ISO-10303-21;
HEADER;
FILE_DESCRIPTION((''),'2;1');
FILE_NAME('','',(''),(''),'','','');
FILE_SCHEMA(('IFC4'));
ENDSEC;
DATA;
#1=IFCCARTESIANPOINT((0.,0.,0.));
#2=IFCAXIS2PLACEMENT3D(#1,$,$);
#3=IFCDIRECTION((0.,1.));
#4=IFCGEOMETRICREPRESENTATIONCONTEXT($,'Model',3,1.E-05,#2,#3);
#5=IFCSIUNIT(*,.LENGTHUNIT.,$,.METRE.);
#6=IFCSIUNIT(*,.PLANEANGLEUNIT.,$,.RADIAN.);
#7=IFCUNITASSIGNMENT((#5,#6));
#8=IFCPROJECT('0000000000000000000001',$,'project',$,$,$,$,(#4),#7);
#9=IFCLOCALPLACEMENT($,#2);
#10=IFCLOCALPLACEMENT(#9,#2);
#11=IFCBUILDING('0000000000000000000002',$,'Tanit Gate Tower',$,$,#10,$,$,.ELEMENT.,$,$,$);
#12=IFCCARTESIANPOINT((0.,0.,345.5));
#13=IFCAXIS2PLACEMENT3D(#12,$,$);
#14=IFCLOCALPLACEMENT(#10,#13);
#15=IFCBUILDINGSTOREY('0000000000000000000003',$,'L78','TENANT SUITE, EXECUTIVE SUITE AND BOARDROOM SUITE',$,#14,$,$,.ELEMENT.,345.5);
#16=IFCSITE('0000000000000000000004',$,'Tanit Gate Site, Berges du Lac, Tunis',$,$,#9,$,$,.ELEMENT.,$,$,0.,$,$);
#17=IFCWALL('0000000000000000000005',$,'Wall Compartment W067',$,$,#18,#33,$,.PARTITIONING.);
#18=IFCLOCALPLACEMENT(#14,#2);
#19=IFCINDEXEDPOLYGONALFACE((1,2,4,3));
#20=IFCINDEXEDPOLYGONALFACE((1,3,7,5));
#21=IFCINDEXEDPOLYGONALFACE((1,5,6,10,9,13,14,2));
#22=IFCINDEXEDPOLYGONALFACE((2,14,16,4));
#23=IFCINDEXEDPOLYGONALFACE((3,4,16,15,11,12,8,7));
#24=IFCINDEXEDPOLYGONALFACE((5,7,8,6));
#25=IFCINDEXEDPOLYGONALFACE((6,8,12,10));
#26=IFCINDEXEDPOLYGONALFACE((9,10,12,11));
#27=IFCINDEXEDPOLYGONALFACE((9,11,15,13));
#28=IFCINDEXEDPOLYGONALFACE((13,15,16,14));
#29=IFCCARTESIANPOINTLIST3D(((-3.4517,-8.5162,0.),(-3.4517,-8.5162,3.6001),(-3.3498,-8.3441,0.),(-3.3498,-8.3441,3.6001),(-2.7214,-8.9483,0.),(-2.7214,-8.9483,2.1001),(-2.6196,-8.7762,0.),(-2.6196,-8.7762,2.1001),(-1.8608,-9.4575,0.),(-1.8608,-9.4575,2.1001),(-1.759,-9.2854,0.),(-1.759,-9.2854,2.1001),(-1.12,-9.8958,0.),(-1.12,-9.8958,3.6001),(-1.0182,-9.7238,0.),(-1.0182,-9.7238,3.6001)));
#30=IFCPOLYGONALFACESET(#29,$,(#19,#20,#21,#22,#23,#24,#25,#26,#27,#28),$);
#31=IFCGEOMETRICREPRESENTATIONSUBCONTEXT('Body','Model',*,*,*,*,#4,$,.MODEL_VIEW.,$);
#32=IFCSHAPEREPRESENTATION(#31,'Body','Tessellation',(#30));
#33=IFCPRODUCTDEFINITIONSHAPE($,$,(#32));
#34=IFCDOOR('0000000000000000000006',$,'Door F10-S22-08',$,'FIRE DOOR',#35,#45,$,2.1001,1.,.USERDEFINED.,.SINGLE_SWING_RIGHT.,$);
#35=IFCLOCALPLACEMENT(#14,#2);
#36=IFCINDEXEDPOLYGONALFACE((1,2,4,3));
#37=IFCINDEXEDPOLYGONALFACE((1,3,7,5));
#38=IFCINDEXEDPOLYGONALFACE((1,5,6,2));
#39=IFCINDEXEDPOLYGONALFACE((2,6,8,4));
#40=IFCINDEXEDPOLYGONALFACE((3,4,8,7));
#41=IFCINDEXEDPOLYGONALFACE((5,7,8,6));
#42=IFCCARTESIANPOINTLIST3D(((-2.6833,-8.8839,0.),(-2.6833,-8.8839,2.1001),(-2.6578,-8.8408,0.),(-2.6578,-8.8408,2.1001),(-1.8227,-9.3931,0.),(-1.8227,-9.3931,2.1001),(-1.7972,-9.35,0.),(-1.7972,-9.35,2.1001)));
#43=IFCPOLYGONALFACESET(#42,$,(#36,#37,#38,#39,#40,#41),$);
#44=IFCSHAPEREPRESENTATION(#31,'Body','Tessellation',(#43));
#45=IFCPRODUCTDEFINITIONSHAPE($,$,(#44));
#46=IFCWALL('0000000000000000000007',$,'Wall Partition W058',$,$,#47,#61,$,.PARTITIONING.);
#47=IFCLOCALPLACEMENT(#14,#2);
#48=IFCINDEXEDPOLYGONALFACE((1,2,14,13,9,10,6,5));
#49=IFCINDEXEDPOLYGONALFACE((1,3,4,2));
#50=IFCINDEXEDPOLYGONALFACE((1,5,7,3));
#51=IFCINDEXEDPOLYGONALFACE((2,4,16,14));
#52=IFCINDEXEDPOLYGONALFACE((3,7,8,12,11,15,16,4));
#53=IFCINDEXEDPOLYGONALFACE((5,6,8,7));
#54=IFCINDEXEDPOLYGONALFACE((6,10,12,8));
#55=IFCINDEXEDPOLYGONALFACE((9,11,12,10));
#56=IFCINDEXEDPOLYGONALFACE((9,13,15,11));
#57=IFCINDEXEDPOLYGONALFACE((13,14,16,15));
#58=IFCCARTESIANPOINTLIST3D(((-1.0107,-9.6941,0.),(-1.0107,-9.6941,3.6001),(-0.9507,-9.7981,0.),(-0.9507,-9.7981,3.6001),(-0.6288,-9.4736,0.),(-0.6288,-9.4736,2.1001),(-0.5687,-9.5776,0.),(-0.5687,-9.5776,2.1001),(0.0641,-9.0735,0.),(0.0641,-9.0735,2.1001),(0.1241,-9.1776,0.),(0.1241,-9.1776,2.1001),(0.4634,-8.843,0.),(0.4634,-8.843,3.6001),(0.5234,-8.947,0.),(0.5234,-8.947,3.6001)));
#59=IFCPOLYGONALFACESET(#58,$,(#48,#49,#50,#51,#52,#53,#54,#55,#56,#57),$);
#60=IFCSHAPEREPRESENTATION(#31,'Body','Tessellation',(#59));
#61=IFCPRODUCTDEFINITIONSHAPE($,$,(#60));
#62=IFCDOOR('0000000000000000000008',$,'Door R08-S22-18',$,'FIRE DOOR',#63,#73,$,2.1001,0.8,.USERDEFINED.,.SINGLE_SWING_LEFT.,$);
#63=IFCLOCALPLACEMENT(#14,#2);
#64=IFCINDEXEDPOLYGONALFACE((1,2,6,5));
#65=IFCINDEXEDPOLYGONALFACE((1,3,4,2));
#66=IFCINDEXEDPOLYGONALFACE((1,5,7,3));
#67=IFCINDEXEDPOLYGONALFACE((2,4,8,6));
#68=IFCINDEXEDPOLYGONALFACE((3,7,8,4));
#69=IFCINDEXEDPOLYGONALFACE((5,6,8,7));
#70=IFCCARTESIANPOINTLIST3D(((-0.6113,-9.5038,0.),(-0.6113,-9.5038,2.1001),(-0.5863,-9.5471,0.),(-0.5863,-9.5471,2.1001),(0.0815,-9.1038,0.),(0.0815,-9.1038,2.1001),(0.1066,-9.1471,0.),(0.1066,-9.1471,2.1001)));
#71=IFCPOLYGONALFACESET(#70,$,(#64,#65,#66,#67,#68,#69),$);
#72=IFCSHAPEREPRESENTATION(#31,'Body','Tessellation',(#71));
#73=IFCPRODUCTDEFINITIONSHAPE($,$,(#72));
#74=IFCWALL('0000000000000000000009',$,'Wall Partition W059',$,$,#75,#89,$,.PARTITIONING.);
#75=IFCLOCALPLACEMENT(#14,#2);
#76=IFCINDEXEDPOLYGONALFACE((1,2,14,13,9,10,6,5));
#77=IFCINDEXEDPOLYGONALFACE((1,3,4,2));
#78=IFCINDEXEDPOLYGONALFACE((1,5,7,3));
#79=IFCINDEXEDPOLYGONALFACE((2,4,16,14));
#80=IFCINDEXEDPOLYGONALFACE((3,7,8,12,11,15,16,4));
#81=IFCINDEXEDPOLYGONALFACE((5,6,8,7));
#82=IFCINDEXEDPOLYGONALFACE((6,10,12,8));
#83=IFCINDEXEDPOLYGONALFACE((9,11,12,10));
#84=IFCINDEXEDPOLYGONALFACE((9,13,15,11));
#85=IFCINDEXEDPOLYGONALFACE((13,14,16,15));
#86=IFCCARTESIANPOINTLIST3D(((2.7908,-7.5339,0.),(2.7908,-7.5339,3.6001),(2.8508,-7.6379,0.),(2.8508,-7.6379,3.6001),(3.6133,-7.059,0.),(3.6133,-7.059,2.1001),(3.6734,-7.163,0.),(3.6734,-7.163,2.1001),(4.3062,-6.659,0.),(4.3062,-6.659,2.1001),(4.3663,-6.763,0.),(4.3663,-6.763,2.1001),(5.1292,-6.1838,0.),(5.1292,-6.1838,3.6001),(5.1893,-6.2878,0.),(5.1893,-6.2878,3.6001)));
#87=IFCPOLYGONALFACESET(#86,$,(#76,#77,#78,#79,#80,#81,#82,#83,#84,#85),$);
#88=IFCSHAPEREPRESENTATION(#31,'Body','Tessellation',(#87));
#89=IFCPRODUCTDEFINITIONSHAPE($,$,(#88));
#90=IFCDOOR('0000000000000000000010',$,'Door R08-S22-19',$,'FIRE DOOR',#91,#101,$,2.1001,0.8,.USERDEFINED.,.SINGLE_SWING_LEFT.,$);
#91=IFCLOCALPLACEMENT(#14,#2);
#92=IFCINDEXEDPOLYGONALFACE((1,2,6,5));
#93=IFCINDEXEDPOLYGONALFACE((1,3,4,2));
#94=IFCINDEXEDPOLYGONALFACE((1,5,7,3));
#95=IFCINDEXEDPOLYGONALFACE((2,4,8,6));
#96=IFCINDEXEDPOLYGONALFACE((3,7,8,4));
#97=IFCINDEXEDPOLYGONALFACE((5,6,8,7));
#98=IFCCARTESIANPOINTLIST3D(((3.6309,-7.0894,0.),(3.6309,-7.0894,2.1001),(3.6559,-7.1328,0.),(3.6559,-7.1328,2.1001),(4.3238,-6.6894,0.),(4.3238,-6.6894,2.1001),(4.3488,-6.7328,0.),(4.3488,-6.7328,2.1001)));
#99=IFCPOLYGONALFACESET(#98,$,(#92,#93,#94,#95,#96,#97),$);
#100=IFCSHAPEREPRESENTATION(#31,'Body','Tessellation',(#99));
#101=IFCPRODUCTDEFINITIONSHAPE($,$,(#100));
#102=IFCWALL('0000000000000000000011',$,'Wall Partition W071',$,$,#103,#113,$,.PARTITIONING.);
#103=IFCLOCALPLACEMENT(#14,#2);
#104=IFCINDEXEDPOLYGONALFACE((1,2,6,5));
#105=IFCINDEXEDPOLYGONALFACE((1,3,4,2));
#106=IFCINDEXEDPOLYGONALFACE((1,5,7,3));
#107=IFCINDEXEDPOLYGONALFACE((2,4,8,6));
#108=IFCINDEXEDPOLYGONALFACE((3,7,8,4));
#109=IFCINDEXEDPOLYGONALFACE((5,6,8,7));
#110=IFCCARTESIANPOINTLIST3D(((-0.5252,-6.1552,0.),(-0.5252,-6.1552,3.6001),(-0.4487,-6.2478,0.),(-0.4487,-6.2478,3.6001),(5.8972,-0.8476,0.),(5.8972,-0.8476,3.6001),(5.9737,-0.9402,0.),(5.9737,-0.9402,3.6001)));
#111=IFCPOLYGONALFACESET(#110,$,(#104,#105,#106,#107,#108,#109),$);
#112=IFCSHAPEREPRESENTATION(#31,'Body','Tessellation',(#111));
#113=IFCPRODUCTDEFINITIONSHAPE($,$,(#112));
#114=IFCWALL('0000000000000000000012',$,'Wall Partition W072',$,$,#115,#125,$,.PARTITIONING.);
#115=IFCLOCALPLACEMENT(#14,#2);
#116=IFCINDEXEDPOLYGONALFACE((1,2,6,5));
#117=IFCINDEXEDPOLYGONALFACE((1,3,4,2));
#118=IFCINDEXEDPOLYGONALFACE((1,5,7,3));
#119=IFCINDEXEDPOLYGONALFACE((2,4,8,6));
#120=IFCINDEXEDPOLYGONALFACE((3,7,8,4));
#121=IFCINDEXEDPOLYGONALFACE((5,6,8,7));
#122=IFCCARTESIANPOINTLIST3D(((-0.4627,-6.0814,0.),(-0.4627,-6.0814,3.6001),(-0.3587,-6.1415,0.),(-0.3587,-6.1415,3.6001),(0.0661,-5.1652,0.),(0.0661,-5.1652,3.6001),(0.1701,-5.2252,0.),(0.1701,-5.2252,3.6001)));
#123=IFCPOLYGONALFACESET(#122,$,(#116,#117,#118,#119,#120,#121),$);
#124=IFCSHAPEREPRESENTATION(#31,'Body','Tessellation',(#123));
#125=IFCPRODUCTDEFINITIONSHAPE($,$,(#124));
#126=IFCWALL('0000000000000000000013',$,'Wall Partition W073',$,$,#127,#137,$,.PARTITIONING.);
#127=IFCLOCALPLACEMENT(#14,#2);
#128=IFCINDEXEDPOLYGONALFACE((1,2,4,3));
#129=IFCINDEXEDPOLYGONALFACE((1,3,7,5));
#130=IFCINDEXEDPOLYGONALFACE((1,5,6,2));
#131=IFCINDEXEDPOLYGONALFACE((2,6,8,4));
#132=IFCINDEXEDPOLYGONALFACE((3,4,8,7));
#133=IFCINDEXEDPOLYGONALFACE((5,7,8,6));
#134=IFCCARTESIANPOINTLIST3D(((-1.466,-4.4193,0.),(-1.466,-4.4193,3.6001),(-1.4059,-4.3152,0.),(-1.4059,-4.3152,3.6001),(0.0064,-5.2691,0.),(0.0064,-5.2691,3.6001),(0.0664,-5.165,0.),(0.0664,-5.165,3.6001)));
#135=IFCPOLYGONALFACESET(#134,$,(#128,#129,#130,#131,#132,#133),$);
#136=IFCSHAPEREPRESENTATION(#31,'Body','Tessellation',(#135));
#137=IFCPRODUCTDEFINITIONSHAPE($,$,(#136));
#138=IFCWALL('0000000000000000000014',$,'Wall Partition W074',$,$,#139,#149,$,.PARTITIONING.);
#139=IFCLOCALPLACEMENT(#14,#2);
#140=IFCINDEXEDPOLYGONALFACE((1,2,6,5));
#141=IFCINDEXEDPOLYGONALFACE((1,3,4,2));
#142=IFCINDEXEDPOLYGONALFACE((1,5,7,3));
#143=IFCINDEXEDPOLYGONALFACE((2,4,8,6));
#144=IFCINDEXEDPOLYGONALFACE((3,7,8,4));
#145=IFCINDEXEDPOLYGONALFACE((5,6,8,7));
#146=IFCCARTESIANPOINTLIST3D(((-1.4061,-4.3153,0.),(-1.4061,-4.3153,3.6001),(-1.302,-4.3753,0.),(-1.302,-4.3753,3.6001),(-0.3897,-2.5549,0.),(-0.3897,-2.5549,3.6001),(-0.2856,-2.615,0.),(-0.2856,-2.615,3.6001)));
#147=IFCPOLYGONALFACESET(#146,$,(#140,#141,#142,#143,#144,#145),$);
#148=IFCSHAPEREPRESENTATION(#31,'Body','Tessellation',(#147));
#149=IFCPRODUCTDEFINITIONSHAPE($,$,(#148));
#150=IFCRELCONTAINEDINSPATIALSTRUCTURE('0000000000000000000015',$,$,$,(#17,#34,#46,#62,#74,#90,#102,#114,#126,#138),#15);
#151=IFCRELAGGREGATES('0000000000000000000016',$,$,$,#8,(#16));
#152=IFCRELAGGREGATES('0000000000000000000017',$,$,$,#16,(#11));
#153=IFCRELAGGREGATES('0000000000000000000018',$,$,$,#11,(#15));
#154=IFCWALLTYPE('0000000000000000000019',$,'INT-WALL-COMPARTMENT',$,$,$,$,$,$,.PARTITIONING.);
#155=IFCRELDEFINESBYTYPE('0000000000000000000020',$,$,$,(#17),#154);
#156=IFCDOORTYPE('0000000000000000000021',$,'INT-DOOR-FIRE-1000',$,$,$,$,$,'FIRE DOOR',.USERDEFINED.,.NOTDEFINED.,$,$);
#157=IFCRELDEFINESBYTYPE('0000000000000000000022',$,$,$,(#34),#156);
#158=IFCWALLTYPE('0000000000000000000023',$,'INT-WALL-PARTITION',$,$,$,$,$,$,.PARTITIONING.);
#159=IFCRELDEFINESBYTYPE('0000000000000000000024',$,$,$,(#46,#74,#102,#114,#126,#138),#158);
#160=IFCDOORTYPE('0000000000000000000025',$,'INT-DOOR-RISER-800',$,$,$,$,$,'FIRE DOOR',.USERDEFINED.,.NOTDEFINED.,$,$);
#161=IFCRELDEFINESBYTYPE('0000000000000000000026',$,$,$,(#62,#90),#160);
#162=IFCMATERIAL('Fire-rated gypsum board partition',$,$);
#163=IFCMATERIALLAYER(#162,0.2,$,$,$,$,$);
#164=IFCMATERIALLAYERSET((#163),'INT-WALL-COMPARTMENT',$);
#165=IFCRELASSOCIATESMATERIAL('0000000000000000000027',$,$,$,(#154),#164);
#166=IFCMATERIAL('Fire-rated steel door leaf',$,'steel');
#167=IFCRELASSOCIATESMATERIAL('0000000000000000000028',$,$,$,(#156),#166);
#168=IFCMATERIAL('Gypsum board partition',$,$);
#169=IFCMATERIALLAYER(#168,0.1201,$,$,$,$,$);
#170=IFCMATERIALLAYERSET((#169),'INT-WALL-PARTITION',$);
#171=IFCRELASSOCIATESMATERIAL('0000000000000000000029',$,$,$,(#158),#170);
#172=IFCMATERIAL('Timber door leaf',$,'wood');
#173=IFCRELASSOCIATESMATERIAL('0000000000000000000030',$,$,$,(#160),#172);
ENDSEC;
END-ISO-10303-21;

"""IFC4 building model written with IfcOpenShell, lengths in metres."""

from ifc_helpers import new_model, si_unit, direction, frame, frame_2d, origin, place, context, subcontext, project, spatial, rectangle, extrude, material, layer, layer_set, type_object, element, fill, save


model = new_model("IFC4")

# Units and contexts
model_context = context("Model", 3, precision=1e-05, world=origin(), true_north=direction((0.0, 1.0)))
body_context = subcontext(model_context, "Body", "Model", "MODEL_VIEW")
ifc_project = project(units=[si_unit("LENGTHUNIT", "METRE"), si_unit("PLANEANGLEUNIT", "RADIAN")], contexts=[model_context])

# Site, building, storey
site_placement = place(None, origin())
site = spatial("IfcSite", under=ifc_project, at=site_placement, Name="Tanit Gate Site, Berges du Lac, Tunis", CompositionType="ELEMENT", RefElevation=0.0)
building_placement = place(site_placement, origin())
building = spatial("IfcBuilding", under=site, at=building_placement, Name="Tanit Gate Tower", CompositionType="ELEMENT")
storey_placement = place(building_placement, frame((0.0, 0.0, 345.5)))
storey = spatial("IfcBuildingStorey", under=building, at=storey_placement, Name="L78", Description="TENANT SUITE, EXECUTIVE SUITE AND BOARDROOM SUITE", CompositionType="ELEMENT", Elevation=345.5)

# Walls, openings, doors
ifc_material_1 = material(Name="Fire-rated gypsum board partition")
ifc_layer_1 = layer(ifc_material_1, 0.2)
ifc_layer_set_1 = layer_set([ifc_layer_1], Name="INT-WALL-COMPARTMENT")
wall_type_1 = type_object("IfcWallType", Name="INT-WALL-COMPARTMENT", PredefinedType="PARTITIONING", material=ifc_layer_set_1)
wall_1_placement = place(storey_placement, frame((-3.4006, -8.4302, 0.0), z_axis=(0.0, 0.0, 1.0), x_axis=(0.860618, -0.509251, 0.0)))
wall_1 = element("IfcWall", 1, at=wall_1_placement, inside=storey, type_object=wall_type_1, Name="Wall Compartment W067", PredefinedType="PARTITIONING", context=body_context, shape_type="SweptSolid", body=[
    extrude(rectangle(XDim=2.7092, YDim=0.2, at=frame_2d((1.3545, 0.0))), origin(), (0.0, 0.0, 1.0), 3.6001),
])
opening_1_placement = place(wall_1_placement, frame((0.8484, 0.0, 0.0)))
opening_1 = element("IfcOpeningElement", 2, at=opening_1_placement, cuts=wall_1, PredefinedType="OPENING", context=body_context, shape_type="SweptSolid", body=[
    extrude(rectangle(XDim=1.0, YDim=2.1001, at=frame_2d((0.5, 1.05))), frame((0.0, 0.1099, 0.0), z_axis=(0.0, -1.0, 0.0), x_axis=(1.0, 0.0, 0.0)), (0.0, 0.0, 1.0), 0.22),
])
ifc_material_2 = material(Name="Fire-rated steel door leaf", Category="steel")
door_type_1 = type_object("IfcDoorType", Name="INT-DOOR-FIRE-1000", ElementType="FIRE DOOR", OperationType="NOTDEFINED", PredefinedType="USERDEFINED", material=ifc_material_2)
door_1_placement = place(opening_1_placement, origin())
door_1 = element("IfcDoor", 3, at=door_1_placement, inside=storey, type_object=door_type_1, Name="Door F10-S22-08", ObjectType="FIRE DOOR", OperationType="SINGLE_SWING_RIGHT", OverallHeight=2.1001, OverallWidth=1.0, PredefinedType="USERDEFINED", context=body_context, shape_type="SweptSolid", body=[
    extrude(rectangle(XDim=1.0, YDim=2.1001, at=frame_2d((0.5, 1.05))), frame((0.0, 0.0249, 0.0), z_axis=(0.0, -1.0, 0.0), x_axis=(1.0, 0.0, 0.0)), (0.0, 0.0, 1.0), 0.05),
])
fill(opening_1, door_1)
ifc_material_3 = material(Name="Gypsum board partition")
ifc_layer_2 = layer(ifc_material_3, 0.1201)
ifc_layer_set_2 = layer_set([ifc_layer_2], Name="INT-WALL-PARTITION")
wall_type_2 = type_object("IfcWallType", Name="INT-WALL-PARTITION", PredefinedType="PARTITIONING", material=ifc_layer_set_2)
wall_2_placement = place(storey_placement, frame((0.4934, -8.895, 0.0), z_axis=(0.0, 0.0, 1.0), x_axis=(-0.866028, -0.499996, 0.0)))
wall_2 = element("IfcWall", 4, at=wall_2_placement, inside=storey, type_object=wall_type_2, Name="Wall Partition W058", PredefinedType="PARTITIONING", context=body_context, shape_type="SweptSolid", body=[
    extrude(rectangle(XDim=1.7021, YDim=0.1201, at=frame_2d((0.8511, 0.0))), origin(), (0.0, 0.0, 1.0), 3.6001),
])
opening_2_placement = place(wall_2_placement, frame((0.4612, 0.0, 0.0)))
opening_2 = element("IfcOpeningElement", 5, at=opening_2_placement, cuts=wall_2, PredefinedType="OPENING", context=body_context, shape_type="SweptSolid", body=[
    extrude(rectangle(XDim=0.8, YDim=2.1001, at=frame_2d((0.3999, 1.05))), frame((0.0, 0.0701, 0.0), z_axis=(0.0, -1.0, 0.0), x_axis=(1.0, 0.0, 0.0)), (0.0, 0.0, 1.0), 0.1401),
])
ifc_material_4 = material(Name="Timber door leaf", Category="wood")
door_type_2 = type_object("IfcDoorType", Name="INT-DOOR-RISER-800", ElementType="FIRE DOOR", OperationType="NOTDEFINED", PredefinedType="USERDEFINED", material=ifc_material_4)
door_2_placement = place(opening_2_placement, origin())
door_2 = element("IfcDoor", 6, at=door_2_placement, inside=storey, type_object=door_type_2, Name="Door R08-S22-18", ObjectType="FIRE DOOR", OperationType="SINGLE_SWING_LEFT", OverallHeight=2.1001, OverallWidth=0.8, PredefinedType="USERDEFINED", context=body_context, shape_type="SweptSolid", body=[
    extrude(rectangle(XDim=0.8, YDim=2.1001, at=frame_2d((0.3999, 1.05))), frame((0.0, 0.0249, 0.0), z_axis=(0.0, -1.0, 0.0), x_axis=(1.0, 0.0, 0.0)), (0.0, 0.0, 1.0), 0.05),
])
fill(opening_2, door_2)
wall_3_placement = place(storey_placement, frame((2.8208, -7.5859, 0.0), z_axis=(0.0, 0.0, 1.0), x_axis=(0.86602, 0.500009, 0.0)))
wall_3 = element("IfcWall", 7, at=wall_3_placement, inside=storey, type_object=wall_type_2, Name="Wall Partition W059", PredefinedType="PARTITIONING", context=body_context, shape_type="SweptSolid", body=[
    extrude(rectangle(XDim=2.7002, YDim=0.1201, at=frame_2d((1.3501, 0.0))), origin(), (0.0, 0.0, 1.0), 3.6001),
])
opening_3_placement = place(wall_3_placement, frame((0.95, 0.0, 0.0)))
opening_3 = element("IfcOpeningElement", 8, at=opening_3_placement, cuts=wall_3, PredefinedType="OPENING", context=body_context, shape_type="SweptSolid", body=[
    extrude(rectangle(XDim=0.8, YDim=2.1001, at=frame_2d((0.3999, 1.05))), frame((0.0, 0.0701, 0.0), z_axis=(0.0, -1.0, 0.0), x_axis=(1.0, 0.0, 0.0)), (0.0, 0.0, 1.0), 0.1401),
])
door_3_placement = place(opening_3_placement, origin())
door_3 = element("IfcDoor", 9, at=door_3_placement, inside=storey, type_object=door_type_2, Name="Door R08-S22-19", ObjectType="FIRE DOOR", OperationType="SINGLE_SWING_LEFT", OverallHeight=2.1001, OverallWidth=0.8, PredefinedType="USERDEFINED", context=body_context, shape_type="SweptSolid", body=[
    extrude(rectangle(XDim=0.8, YDim=2.1001, at=frame_2d((0.3999, 1.05))), frame((0.0, 0.0249, 0.0), z_axis=(0.0, -1.0, 0.0), x_axis=(1.0, 0.0, 0.0)), (0.0, 0.0, 1.0), 0.05),
])
fill(opening_3, door_3)

# Walls
wall_4_placement = place(storey_placement, frame((5.9355, -0.8938, 0.0), z_axis=(0.0, 0.0, 1.0), x_axis=(-0.770833, -0.637037, 0.0)))
element("IfcWall", 10, at=wall_4_placement, inside=storey, type_object=wall_type_2, Name="Wall Partition W071", PredefinedType="PARTITIONING", context=body_context, shape_type="SweptSolid", body=[
    extrude(rectangle(XDim=8.3318, YDim=0.1201, at=frame_2d((4.166, 0.0))), origin(), (0.0, 0.0, 1.0), 3.6001),
])
wall_5_placement = place(storey_placement, frame((-0.4106, -6.1113, 0.0), z_axis=(0.0, 0.0, 1.0), x_axis=(0.499862, 0.866105, 0.0)))
element("IfcWall", 11, at=wall_5_placement, inside=storey, type_object=wall_type_2, Name="Wall Partition W072", PredefinedType="PARTITIONING", context=body_context, shape_type="SweptSolid", body=[
    extrude(rectangle(XDim=1.0579, YDim=0.1201, at=frame_2d((0.5288, 0.0))), origin(), (0.0, 0.0, 1.0), 3.6001),
])
wall_6_placement = place(storey_placement, frame((-1.436, -4.3672, 0.0), z_axis=(0.0, 0.0, 1.0), x_axis=(0.866088, -0.499892, 0.0)))
element("IfcWall", 12, at=wall_6_placement, inside=storey, type_object=wall_type_2, Name="Wall Partition W073", PredefinedType="PARTITIONING", context=body_context, shape_type="SweptSolid", body=[
    extrude(rectangle(XDim=1.7, YDim=0.1201, at=frame_2d((0.8501, 0.0))), origin(), (0.0, 0.0, 1.0), 3.6001),
])
wall_7_placement = place(storey_placement, frame((-0.3376, -2.585, 0.0), z_axis=(0.0, 0.0, 1.0), x_axis=(-0.500027, -0.86601, 0.0)))
element("IfcWall", 13, at=wall_7_placement, inside=storey, type_object=wall_type_2, Name="Wall Partition W074", PredefinedType="PARTITIONING", context=body_context, shape_type="SweptSolid", body=[
    extrude(rectangle(XDim=2.0327, YDim=0.1201, at=frame_2d((1.0164, 0.0))), origin(), (0.0, 0.0, 1.0), 3.6001),
])

save(model, "model.ifc")
